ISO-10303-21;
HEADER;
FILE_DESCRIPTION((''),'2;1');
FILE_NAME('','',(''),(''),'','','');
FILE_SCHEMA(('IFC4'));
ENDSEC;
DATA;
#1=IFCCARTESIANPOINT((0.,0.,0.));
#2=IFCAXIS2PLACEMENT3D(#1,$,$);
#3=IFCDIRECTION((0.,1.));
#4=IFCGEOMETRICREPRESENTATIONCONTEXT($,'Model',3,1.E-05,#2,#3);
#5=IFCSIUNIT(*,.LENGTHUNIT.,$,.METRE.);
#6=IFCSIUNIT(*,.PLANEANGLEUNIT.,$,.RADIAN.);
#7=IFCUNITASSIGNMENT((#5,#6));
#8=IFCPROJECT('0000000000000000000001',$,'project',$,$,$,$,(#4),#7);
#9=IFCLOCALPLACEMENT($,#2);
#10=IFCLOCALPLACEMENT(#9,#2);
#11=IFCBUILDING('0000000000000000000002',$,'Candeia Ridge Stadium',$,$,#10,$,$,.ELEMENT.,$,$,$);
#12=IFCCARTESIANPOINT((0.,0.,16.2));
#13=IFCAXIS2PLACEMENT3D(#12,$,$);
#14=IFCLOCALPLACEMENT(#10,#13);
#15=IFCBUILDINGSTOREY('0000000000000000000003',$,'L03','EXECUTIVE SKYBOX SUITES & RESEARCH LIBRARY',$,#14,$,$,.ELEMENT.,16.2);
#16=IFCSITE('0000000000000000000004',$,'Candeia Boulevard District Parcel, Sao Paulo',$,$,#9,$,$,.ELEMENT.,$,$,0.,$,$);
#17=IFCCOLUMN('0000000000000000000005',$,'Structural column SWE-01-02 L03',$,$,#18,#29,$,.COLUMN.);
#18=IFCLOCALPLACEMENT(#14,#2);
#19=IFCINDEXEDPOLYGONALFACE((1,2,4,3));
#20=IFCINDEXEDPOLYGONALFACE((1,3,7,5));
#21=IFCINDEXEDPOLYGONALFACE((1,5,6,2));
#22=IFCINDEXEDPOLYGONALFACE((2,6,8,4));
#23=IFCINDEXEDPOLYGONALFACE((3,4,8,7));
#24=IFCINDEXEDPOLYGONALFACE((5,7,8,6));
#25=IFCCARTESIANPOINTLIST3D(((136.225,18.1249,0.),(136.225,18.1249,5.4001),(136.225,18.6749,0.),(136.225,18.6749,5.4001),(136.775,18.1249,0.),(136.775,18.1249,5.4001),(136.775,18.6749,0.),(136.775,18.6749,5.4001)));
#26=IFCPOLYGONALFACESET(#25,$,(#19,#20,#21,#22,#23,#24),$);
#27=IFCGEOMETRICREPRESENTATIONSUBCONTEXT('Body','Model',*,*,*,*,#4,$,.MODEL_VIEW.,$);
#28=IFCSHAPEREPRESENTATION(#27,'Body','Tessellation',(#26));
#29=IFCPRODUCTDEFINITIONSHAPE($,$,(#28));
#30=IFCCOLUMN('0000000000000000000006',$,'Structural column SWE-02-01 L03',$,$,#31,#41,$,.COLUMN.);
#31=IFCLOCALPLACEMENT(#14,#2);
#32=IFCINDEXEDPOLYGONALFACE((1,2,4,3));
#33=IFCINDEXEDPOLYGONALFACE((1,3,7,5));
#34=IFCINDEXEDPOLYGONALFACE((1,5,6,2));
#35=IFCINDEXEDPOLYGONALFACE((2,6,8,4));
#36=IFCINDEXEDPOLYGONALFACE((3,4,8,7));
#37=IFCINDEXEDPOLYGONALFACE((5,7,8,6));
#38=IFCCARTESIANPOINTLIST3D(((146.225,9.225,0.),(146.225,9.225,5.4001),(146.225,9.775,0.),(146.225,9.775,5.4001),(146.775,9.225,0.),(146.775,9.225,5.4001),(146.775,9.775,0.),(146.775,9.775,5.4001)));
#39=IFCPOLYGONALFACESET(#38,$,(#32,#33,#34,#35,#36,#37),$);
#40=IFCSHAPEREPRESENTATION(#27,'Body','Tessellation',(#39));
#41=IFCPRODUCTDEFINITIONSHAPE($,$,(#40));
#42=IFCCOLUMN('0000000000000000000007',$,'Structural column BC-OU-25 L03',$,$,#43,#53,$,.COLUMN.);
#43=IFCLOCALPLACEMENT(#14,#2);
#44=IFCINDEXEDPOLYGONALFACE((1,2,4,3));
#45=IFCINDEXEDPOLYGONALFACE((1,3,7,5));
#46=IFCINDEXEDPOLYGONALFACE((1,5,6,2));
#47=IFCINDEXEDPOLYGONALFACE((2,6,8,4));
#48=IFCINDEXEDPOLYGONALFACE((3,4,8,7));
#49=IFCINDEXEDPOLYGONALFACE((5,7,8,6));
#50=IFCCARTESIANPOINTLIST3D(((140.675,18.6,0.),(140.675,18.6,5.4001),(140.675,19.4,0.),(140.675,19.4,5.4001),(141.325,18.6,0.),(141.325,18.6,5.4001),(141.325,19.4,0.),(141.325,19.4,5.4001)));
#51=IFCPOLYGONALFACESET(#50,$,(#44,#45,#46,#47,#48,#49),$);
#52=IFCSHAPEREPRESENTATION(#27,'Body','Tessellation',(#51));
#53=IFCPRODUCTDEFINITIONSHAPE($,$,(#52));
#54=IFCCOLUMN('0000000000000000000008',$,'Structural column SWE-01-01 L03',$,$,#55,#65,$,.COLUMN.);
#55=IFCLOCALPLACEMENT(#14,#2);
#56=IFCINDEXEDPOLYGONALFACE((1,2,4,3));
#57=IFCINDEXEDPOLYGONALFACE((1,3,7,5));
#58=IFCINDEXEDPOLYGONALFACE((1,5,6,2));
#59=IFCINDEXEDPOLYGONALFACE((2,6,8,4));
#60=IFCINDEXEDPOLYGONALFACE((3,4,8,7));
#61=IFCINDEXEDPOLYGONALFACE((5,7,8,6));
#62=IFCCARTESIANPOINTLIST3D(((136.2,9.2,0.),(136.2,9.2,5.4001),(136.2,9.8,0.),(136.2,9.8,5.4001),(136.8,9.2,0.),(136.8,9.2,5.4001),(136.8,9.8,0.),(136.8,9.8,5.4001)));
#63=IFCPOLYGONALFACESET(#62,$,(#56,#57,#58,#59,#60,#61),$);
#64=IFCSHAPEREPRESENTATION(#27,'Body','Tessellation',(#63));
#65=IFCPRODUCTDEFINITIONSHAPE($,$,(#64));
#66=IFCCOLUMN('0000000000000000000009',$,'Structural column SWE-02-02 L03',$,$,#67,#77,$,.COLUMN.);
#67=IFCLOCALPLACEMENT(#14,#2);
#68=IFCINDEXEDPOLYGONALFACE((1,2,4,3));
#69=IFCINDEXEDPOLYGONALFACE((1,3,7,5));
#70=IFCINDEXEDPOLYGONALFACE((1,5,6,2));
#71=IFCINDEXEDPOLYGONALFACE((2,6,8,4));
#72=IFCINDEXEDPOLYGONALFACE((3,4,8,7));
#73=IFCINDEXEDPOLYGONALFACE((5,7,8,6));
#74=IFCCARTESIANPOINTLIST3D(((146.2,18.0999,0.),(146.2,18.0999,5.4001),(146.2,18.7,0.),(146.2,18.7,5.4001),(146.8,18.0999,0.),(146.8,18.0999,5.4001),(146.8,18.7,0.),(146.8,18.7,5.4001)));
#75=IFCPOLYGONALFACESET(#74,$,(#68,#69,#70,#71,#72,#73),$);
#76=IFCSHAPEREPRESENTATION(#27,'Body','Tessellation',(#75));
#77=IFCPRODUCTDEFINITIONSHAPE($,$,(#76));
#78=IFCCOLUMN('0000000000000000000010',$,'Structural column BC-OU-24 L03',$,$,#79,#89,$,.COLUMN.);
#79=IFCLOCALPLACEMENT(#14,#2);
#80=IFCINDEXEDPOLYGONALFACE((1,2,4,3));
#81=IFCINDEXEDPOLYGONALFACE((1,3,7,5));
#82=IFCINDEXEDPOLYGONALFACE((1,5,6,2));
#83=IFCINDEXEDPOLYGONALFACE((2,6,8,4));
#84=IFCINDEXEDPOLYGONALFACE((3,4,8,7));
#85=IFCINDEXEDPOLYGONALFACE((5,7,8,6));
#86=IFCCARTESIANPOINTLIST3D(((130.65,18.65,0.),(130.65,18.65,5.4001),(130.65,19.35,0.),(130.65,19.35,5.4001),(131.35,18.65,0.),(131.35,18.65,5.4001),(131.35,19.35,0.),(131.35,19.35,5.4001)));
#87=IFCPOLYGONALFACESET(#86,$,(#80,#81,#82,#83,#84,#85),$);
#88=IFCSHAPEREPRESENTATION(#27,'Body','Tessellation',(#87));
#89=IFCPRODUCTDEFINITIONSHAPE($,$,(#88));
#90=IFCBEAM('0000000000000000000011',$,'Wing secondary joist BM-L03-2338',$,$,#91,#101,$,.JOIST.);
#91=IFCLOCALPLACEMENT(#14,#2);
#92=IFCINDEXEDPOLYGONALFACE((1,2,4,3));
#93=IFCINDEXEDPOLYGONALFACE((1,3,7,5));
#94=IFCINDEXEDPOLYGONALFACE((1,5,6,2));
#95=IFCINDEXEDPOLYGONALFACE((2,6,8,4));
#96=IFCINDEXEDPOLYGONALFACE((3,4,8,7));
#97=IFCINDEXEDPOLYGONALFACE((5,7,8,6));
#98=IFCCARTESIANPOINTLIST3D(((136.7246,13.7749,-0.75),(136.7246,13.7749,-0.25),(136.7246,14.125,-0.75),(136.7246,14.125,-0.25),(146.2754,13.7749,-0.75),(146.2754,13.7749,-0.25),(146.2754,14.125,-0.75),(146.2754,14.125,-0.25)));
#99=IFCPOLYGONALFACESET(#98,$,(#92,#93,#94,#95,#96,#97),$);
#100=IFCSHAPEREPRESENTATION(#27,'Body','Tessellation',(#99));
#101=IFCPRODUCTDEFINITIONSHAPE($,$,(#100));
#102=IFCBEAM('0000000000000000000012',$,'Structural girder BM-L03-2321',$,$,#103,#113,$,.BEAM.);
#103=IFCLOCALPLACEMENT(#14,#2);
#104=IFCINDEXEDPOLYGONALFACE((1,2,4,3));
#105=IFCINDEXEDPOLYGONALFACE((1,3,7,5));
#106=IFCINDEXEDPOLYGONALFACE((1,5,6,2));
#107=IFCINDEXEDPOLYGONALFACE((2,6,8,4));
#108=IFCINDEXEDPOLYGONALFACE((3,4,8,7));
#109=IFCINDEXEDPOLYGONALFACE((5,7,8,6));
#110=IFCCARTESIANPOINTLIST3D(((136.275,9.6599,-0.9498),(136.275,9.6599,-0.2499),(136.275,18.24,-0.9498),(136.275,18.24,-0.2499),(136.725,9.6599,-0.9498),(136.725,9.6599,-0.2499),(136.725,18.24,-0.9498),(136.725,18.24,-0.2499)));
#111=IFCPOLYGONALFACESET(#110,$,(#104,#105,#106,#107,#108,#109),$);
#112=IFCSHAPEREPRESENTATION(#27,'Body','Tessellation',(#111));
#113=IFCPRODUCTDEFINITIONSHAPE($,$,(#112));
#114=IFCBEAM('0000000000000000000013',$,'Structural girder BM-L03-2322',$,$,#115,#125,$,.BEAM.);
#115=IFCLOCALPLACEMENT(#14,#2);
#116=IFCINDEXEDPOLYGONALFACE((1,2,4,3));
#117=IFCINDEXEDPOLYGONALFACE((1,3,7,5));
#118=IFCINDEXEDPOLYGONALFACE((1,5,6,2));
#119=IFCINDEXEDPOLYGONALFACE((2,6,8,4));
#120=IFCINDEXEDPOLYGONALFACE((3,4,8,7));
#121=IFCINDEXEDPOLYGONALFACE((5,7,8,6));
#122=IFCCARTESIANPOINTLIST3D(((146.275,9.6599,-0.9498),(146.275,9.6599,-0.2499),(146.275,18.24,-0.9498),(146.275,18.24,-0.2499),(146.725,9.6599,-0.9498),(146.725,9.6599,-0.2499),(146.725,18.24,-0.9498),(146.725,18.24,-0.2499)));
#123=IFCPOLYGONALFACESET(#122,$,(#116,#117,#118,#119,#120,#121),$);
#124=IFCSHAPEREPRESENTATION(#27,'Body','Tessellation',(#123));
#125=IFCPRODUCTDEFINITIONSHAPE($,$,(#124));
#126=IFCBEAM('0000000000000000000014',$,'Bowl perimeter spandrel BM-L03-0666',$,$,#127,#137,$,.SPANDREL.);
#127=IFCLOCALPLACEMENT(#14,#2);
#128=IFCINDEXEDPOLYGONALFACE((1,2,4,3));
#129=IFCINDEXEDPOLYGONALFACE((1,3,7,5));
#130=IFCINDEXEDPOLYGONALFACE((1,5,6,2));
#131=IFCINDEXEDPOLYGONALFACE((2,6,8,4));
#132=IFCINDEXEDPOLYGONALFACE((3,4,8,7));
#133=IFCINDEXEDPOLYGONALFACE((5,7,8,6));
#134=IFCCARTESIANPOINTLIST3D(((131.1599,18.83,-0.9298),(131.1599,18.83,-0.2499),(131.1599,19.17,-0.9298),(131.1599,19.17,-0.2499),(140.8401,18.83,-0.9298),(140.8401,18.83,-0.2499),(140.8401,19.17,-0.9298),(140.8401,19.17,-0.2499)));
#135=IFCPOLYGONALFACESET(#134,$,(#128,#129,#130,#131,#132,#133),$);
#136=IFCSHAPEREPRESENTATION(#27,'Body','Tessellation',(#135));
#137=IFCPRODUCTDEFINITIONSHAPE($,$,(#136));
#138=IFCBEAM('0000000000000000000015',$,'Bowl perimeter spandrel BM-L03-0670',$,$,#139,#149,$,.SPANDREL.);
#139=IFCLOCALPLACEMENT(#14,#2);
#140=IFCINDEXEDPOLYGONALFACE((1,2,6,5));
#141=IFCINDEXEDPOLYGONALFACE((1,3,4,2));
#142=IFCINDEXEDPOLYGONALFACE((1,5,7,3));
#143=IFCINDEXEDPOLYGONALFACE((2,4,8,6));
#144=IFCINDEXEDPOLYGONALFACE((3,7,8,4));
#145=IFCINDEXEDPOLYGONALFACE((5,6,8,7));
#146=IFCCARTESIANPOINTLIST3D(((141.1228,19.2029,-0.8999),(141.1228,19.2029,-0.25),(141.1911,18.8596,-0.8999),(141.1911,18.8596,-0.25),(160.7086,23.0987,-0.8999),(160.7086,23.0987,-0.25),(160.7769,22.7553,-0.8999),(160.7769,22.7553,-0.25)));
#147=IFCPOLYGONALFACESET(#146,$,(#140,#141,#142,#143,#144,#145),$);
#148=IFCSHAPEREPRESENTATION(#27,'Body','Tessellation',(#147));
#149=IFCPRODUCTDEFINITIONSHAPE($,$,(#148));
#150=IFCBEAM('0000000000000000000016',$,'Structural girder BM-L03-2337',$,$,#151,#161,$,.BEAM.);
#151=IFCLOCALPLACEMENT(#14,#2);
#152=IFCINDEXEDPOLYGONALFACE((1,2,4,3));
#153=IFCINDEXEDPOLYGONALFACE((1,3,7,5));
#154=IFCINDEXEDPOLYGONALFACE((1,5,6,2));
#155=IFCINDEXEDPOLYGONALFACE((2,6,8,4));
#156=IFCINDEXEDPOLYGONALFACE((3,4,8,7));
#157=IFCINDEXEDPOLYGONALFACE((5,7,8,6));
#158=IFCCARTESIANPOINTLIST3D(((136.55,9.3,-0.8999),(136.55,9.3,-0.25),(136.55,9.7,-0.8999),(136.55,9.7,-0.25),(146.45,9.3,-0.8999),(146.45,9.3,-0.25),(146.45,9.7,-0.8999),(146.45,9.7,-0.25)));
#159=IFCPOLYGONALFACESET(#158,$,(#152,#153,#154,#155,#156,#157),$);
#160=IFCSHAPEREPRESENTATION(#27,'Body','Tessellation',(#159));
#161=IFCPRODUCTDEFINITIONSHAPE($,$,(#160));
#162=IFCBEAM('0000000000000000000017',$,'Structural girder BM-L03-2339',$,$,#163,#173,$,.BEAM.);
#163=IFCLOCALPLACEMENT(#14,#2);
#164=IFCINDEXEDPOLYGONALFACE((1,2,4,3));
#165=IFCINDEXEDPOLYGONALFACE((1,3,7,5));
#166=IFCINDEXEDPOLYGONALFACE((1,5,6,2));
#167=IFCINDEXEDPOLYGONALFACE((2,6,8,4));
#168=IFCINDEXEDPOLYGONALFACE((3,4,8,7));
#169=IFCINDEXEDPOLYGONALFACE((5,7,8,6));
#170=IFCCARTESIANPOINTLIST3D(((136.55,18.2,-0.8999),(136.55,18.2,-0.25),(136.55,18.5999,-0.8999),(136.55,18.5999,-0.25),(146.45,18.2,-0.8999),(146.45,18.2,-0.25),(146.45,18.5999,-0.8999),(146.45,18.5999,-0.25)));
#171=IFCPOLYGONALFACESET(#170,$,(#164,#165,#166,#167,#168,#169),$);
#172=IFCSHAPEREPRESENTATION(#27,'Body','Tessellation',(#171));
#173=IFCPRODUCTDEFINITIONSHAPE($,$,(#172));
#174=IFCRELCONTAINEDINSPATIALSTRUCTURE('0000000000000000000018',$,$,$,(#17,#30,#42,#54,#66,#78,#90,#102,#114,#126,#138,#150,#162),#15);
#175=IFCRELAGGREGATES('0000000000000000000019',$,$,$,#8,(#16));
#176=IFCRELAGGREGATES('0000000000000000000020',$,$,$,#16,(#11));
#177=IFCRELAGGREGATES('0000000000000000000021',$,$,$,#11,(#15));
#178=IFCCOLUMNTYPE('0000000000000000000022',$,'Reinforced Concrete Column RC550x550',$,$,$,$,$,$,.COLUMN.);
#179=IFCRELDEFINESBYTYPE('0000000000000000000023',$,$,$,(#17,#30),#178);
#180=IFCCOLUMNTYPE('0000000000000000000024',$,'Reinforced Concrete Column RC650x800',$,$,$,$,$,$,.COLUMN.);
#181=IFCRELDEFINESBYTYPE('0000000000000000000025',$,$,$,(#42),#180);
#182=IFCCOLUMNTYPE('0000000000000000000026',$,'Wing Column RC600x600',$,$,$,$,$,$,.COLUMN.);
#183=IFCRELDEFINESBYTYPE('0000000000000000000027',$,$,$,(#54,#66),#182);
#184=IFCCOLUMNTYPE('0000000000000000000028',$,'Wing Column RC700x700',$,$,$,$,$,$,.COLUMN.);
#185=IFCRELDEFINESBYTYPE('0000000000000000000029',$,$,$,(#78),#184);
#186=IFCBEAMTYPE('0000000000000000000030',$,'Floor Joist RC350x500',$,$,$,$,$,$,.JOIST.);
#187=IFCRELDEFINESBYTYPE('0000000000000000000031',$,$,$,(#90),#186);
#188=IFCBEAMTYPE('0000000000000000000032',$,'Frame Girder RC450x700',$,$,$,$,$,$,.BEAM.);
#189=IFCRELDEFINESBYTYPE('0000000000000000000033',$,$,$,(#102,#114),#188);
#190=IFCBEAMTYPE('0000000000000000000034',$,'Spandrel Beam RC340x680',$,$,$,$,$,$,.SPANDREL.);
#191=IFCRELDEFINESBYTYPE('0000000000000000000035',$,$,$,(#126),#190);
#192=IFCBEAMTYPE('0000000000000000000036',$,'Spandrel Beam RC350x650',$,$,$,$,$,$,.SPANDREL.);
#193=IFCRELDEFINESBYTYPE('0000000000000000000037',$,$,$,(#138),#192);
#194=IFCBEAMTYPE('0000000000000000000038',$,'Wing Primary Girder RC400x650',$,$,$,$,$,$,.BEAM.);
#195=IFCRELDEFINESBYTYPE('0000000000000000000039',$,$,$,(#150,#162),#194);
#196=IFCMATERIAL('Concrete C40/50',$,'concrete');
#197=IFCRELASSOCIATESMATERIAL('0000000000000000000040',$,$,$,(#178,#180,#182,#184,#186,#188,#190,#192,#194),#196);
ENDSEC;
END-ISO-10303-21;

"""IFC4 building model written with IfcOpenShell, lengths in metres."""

from ifc_helpers import new_model, si_unit, direction, frame, origin, origin_2d, place, context, subcontext, project, spatial, rectangle, extrude, material, material_profile, profile_set, type_object, element, save


model = new_model("IFC4")

# Units and contexts
model_context = context("Model", 3, precision=1e-05, world=origin(), true_north=direction((0.0, 1.0)))
body_context = subcontext(model_context, "Body", "Model", "MODEL_VIEW")
ifc_project = project(units=[si_unit("LENGTHUNIT", "METRE"), si_unit("PLANEANGLEUNIT", "RADIAN")], contexts=[model_context])

# Site, building, storey
site_placement = place(None, origin())
site = spatial("IfcSite", under=ifc_project, at=site_placement, Name="Candeia Boulevard District Parcel, Sao Paulo", CompositionType="ELEMENT", RefElevation=0.0)
building_placement = place(site_placement, origin())
building = spatial("IfcBuilding", under=site, at=building_placement, Name="Candeia Ridge Stadium", CompositionType="ELEMENT")
storey_placement = place(building_placement, frame((0.0, 0.0, 16.2)))
storey = spatial("IfcBuildingStorey", under=building, at=storey_placement, Name="L03", Description="EXECUTIVE SKYBOX SUITES & RESEARCH LIBRARY", CompositionType="ELEMENT", Elevation=16.2)

# Columns
ifc_material_1 = material(Name="Concrete C40/50", Category="concrete")
ifc_material_profile_1 = material_profile(ifc_material_1, rectangle(XDim=0.55, YDim=0.55, at=origin_2d()), Name="RC550x550", Category="concrete")
ifc_profile_set_1 = profile_set([ifc_material_profile_1], Name="Concrete C40/50")
column_type_1 = type_object("IfcColumnType", Name="Reinforced Concrete Column RC550x550", PredefinedType="COLUMN", material=ifc_profile_set_1)
for number, where, z_axis, x_axis, name in (
    (1, (136.5, 18.3999, 0.0), (0.0, 0.0, 1.0), (1.0, 0.0, 0.0), "Structural column SWE-01-02 L03"),
    (2, (146.5, 9.5, 0.0), (0.0, 0.0, 1.0), (1.0, 0.0, 0.0), "Structural column SWE-02-01 L03"),
):
    element("IfcColumn", number, at=place(storey_placement, frame(where, z_axis=z_axis, x_axis=x_axis)), inside=storey, type_object=column_type_1, Name=name, PredefinedType="COLUMN", context=body_context, shape_type="SweptSolid", body=[
        extrude(rectangle(XDim=0.55, YDim=0.55, at=origin_2d()), origin(), (0.0, 0.0, 1.0), 5.4001),
    ])
ifc_material_profile_2 = material_profile(ifc_material_1, rectangle(XDim=0.6499, YDim=0.8, at=origin_2d()), Name="RC650x800", Category="concrete")
ifc_profile_set_2 = profile_set([ifc_material_profile_2], Name="Concrete C40/50")
column_type_2 = type_object("IfcColumnType", Name="Reinforced Concrete Column RC650x800", PredefinedType="COLUMN", material=ifc_profile_set_2)
column_1_placement = place(storey_placement, frame((141.0, 19.0, 0.0), z_axis=(0.0, 0.0, 1.0), x_axis=(1.0, 0.0, 0.0)))
element("IfcColumn", 3, at=column_1_placement, inside=storey, type_object=column_type_2, Name="Structural column BC-OU-25 L03", PredefinedType="COLUMN", context=body_context, shape_type="SweptSolid", body=[
    extrude(rectangle(XDim=0.6499, YDim=0.8, at=origin_2d()), origin(), (0.0, 0.0, 1.0), 5.4001),
])
ifc_material_profile_3 = material_profile(ifc_material_1, rectangle(XDim=0.6001, YDim=0.6001, at=origin_2d()), Name="RC600x600", Category="concrete")
ifc_profile_set_3 = profile_set([ifc_material_profile_3], Name="Concrete C40/50")
column_type_3 = type_object("IfcColumnType", Name="Wing Column RC600x600", PredefinedType="COLUMN", material=ifc_profile_set_3)
for number, where, z_axis, x_axis, name in (
    (4, (136.5, 9.5, 0.0), (0.0, 0.0, 1.0), (1.0, 0.0, 0.0), "Structural column SWE-01-01 L03"),
    (5, (146.5, 18.3999, 0.0), (0.0, 0.0, 1.0), (1.0, 0.0, 0.0), "Structural column SWE-02-02 L03"),
):
    element("IfcColumn", number, at=place(storey_placement, frame(where, z_axis=z_axis, x_axis=x_axis)), inside=storey, type_object=column_type_3, Name=name, PredefinedType="COLUMN", context=body_context, shape_type="SweptSolid", body=[
        extrude(rectangle(XDim=0.6001, YDim=0.6001, at=origin_2d()), origin(), (0.0, 0.0, 1.0), 5.4001),
    ])
ifc_material_profile_4 = material_profile(ifc_material_1, rectangle(XDim=0.7, YDim=0.7, at=origin_2d()), Name="RC700x700", Category="concrete")
ifc_profile_set_4 = profile_set([ifc_material_profile_4], Name="Concrete C40/50")
column_type_4 = type_object("IfcColumnType", Name="Wing Column RC700x700", PredefinedType="COLUMN", material=ifc_profile_set_4)
column_2_placement = place(storey_placement, frame((131.0, 19.0, 0.0), z_axis=(0.0, 0.0, 1.0), x_axis=(1.0, 0.0, 0.0)))
element("IfcColumn", 6, at=column_2_placement, inside=storey, type_object=column_type_4, Name="Structural column BC-OU-24 L03", PredefinedType="COLUMN", context=body_context, shape_type="SweptSolid", body=[
    extrude(rectangle(XDim=0.7, YDim=0.7, at=origin_2d()), origin(), (0.0, 0.0, 1.0), 5.4001),
])

# Beams
ifc_material_profile_5 = material_profile(ifc_material_1, rectangle(XDim=0.3501, YDim=0.5, at=origin_2d()), Name="RC350x500", Category="concrete")
ifc_profile_set_5 = profile_set([ifc_material_profile_5], Name="Concrete C40/50")
beam_type_1 = type_object("IfcBeamType", Name="Floor Joist RC350x500", PredefinedType="JOIST", material=ifc_profile_set_5)
beam_1_placement = place(storey_placement, frame((136.7246, 13.95, -0.5), z_axis=(1.0, 0.0, 0.0), x_axis=(0.0, 1.0, 0.0)))
element("IfcBeam", 7, at=beam_1_placement, inside=storey, type_object=beam_type_1, Name="Wing secondary joist BM-L03-2338", PredefinedType="JOIST", context=body_context, shape_type="SweptSolid", body=[
    extrude(rectangle(XDim=0.3501, YDim=0.5, at=origin_2d()), origin(), (0.0, 0.0, 1.0), 9.5508),
])
ifc_material_profile_6 = material_profile(ifc_material_1, rectangle(XDim=0.45, YDim=0.7, at=origin_2d()), Name="RC450x700", Category="concrete")
ifc_profile_set_6 = profile_set([ifc_material_profile_6], Name="Concrete C40/50")
beam_type_2 = type_object("IfcBeamType", Name="Frame Girder RC450x700", PredefinedType="BEAM", material=ifc_profile_set_6)
for number, where, z_axis, x_axis, name in (
    (8, (136.5, 9.6599, -0.5999), (0.0, 1.0, 0.0), (-1.0, 0.0, 0.0), "Structural girder BM-L03-2321"),
    (9, (146.5, 9.6599, -0.5999), (0.0, 1.0, 0.0), (-1.0, 0.0, 0.0), "Structural girder BM-L03-2322"),
):
    element("IfcBeam", number, at=place(storey_placement, frame(where, z_axis=z_axis, x_axis=x_axis)), inside=storey, type_object=beam_type_2, Name=name, PredefinedType="BEAM", context=body_context, shape_type="SweptSolid", body=[
        extrude(rectangle(XDim=0.45, YDim=0.7, at=origin_2d()), origin(), (0.0, 0.0, 1.0), 8.5801),
    ])
ifc_material_profile_7 = material_profile(ifc_material_1, rectangle(XDim=0.3401, YDim=0.6799, at=origin_2d()), Name="RC340x680", Category="concrete")
ifc_profile_set_7 = profile_set([ifc_material_profile_7], Name="Concrete C40/50")
beam_type_3 = type_object("IfcBeamType", Name="Spandrel Beam RC340x680", PredefinedType="SPANDREL", material=ifc_profile_set_7)
beam_2_placement = place(storey_placement, frame((131.1599, 19.0, -0.5898), z_axis=(1.0, 0.0, 0.0), x_axis=(0.0, 1.0, 0.0)))
element("IfcBeam", 10, at=beam_2_placement, inside=storey, type_object=beam_type_3, Name="Bowl perimeter spandrel BM-L03-0666", PredefinedType="SPANDREL", context=body_context, shape_type="SweptSolid", body=[
    extrude(rectangle(XDim=0.3401, YDim=0.6799, at=origin_2d()), origin(), (0.0, 0.0, 1.0), 9.6802),
])
ifc_material_profile_8 = material_profile(ifc_material_1, rectangle(XDim=0.3501, YDim=0.6499, at=origin_2d()), Name="RC350x650", Category="concrete")
ifc_profile_set_8 = profile_set([ifc_material_profile_8], Name="Concrete C40/50")
beam_type_4 = type_object("IfcBeamType", Name="Spandrel Beam RC350x650", PredefinedType="SPANDREL", material=ifc_profile_set_8)
beam_3_placement = place(storey_placement, frame((141.157, 19.0312, -0.575), z_axis=(0.980786, 0.195086, 0.0), x_axis=(-0.195086, 0.980786, 0.0)))
element("IfcBeam", 11, at=beam_3_placement, inside=storey, type_object=beam_type_4, Name="Bowl perimeter spandrel BM-L03-0670", PredefinedType="SPANDREL", context=body_context, shape_type="SweptSolid", body=[
    extrude(rectangle(XDim=0.3501, YDim=0.6499, at=origin_2d()), origin(), (0.0, 0.0, 1.0), 19.9695),
])
ifc_material_profile_9 = material_profile(ifc_material_1, rectangle(XDim=0.3999, YDim=0.6499, at=origin_2d()), Name="RC400x650", Category="concrete")
ifc_profile_set_9 = profile_set([ifc_material_profile_9], Name="Concrete C40/50")
beam_type_5 = type_object("IfcBeamType", Name="Wing Primary Girder RC400x650", PredefinedType="BEAM", material=ifc_profile_set_9)
for number, where, z_axis, x_axis, name in (
    (12, (136.55, 9.5, -0.575), (1.0, 0.0, 0.0), (0.0, 1.0, 0.0), "Structural girder BM-L03-2337"),
    (13, (136.55, 18.3999, -0.575), (1.0, 0.0, 0.0), (0.0, 1.0, 0.0), "Structural girder BM-L03-2339"),
):
    element("IfcBeam", number, at=place(storey_placement, frame(where, z_axis=z_axis, x_axis=x_axis)), inside=storey, type_object=beam_type_5, Name=name, PredefinedType="BEAM", context=body_context, shape_type="SweptSolid", body=[
        extrude(rectangle(XDim=0.3999, YDim=0.6499, at=origin_2d()), origin(), (0.0, 0.0, 1.0), 9.8999),
    ])

save(model, "model.ifc")
